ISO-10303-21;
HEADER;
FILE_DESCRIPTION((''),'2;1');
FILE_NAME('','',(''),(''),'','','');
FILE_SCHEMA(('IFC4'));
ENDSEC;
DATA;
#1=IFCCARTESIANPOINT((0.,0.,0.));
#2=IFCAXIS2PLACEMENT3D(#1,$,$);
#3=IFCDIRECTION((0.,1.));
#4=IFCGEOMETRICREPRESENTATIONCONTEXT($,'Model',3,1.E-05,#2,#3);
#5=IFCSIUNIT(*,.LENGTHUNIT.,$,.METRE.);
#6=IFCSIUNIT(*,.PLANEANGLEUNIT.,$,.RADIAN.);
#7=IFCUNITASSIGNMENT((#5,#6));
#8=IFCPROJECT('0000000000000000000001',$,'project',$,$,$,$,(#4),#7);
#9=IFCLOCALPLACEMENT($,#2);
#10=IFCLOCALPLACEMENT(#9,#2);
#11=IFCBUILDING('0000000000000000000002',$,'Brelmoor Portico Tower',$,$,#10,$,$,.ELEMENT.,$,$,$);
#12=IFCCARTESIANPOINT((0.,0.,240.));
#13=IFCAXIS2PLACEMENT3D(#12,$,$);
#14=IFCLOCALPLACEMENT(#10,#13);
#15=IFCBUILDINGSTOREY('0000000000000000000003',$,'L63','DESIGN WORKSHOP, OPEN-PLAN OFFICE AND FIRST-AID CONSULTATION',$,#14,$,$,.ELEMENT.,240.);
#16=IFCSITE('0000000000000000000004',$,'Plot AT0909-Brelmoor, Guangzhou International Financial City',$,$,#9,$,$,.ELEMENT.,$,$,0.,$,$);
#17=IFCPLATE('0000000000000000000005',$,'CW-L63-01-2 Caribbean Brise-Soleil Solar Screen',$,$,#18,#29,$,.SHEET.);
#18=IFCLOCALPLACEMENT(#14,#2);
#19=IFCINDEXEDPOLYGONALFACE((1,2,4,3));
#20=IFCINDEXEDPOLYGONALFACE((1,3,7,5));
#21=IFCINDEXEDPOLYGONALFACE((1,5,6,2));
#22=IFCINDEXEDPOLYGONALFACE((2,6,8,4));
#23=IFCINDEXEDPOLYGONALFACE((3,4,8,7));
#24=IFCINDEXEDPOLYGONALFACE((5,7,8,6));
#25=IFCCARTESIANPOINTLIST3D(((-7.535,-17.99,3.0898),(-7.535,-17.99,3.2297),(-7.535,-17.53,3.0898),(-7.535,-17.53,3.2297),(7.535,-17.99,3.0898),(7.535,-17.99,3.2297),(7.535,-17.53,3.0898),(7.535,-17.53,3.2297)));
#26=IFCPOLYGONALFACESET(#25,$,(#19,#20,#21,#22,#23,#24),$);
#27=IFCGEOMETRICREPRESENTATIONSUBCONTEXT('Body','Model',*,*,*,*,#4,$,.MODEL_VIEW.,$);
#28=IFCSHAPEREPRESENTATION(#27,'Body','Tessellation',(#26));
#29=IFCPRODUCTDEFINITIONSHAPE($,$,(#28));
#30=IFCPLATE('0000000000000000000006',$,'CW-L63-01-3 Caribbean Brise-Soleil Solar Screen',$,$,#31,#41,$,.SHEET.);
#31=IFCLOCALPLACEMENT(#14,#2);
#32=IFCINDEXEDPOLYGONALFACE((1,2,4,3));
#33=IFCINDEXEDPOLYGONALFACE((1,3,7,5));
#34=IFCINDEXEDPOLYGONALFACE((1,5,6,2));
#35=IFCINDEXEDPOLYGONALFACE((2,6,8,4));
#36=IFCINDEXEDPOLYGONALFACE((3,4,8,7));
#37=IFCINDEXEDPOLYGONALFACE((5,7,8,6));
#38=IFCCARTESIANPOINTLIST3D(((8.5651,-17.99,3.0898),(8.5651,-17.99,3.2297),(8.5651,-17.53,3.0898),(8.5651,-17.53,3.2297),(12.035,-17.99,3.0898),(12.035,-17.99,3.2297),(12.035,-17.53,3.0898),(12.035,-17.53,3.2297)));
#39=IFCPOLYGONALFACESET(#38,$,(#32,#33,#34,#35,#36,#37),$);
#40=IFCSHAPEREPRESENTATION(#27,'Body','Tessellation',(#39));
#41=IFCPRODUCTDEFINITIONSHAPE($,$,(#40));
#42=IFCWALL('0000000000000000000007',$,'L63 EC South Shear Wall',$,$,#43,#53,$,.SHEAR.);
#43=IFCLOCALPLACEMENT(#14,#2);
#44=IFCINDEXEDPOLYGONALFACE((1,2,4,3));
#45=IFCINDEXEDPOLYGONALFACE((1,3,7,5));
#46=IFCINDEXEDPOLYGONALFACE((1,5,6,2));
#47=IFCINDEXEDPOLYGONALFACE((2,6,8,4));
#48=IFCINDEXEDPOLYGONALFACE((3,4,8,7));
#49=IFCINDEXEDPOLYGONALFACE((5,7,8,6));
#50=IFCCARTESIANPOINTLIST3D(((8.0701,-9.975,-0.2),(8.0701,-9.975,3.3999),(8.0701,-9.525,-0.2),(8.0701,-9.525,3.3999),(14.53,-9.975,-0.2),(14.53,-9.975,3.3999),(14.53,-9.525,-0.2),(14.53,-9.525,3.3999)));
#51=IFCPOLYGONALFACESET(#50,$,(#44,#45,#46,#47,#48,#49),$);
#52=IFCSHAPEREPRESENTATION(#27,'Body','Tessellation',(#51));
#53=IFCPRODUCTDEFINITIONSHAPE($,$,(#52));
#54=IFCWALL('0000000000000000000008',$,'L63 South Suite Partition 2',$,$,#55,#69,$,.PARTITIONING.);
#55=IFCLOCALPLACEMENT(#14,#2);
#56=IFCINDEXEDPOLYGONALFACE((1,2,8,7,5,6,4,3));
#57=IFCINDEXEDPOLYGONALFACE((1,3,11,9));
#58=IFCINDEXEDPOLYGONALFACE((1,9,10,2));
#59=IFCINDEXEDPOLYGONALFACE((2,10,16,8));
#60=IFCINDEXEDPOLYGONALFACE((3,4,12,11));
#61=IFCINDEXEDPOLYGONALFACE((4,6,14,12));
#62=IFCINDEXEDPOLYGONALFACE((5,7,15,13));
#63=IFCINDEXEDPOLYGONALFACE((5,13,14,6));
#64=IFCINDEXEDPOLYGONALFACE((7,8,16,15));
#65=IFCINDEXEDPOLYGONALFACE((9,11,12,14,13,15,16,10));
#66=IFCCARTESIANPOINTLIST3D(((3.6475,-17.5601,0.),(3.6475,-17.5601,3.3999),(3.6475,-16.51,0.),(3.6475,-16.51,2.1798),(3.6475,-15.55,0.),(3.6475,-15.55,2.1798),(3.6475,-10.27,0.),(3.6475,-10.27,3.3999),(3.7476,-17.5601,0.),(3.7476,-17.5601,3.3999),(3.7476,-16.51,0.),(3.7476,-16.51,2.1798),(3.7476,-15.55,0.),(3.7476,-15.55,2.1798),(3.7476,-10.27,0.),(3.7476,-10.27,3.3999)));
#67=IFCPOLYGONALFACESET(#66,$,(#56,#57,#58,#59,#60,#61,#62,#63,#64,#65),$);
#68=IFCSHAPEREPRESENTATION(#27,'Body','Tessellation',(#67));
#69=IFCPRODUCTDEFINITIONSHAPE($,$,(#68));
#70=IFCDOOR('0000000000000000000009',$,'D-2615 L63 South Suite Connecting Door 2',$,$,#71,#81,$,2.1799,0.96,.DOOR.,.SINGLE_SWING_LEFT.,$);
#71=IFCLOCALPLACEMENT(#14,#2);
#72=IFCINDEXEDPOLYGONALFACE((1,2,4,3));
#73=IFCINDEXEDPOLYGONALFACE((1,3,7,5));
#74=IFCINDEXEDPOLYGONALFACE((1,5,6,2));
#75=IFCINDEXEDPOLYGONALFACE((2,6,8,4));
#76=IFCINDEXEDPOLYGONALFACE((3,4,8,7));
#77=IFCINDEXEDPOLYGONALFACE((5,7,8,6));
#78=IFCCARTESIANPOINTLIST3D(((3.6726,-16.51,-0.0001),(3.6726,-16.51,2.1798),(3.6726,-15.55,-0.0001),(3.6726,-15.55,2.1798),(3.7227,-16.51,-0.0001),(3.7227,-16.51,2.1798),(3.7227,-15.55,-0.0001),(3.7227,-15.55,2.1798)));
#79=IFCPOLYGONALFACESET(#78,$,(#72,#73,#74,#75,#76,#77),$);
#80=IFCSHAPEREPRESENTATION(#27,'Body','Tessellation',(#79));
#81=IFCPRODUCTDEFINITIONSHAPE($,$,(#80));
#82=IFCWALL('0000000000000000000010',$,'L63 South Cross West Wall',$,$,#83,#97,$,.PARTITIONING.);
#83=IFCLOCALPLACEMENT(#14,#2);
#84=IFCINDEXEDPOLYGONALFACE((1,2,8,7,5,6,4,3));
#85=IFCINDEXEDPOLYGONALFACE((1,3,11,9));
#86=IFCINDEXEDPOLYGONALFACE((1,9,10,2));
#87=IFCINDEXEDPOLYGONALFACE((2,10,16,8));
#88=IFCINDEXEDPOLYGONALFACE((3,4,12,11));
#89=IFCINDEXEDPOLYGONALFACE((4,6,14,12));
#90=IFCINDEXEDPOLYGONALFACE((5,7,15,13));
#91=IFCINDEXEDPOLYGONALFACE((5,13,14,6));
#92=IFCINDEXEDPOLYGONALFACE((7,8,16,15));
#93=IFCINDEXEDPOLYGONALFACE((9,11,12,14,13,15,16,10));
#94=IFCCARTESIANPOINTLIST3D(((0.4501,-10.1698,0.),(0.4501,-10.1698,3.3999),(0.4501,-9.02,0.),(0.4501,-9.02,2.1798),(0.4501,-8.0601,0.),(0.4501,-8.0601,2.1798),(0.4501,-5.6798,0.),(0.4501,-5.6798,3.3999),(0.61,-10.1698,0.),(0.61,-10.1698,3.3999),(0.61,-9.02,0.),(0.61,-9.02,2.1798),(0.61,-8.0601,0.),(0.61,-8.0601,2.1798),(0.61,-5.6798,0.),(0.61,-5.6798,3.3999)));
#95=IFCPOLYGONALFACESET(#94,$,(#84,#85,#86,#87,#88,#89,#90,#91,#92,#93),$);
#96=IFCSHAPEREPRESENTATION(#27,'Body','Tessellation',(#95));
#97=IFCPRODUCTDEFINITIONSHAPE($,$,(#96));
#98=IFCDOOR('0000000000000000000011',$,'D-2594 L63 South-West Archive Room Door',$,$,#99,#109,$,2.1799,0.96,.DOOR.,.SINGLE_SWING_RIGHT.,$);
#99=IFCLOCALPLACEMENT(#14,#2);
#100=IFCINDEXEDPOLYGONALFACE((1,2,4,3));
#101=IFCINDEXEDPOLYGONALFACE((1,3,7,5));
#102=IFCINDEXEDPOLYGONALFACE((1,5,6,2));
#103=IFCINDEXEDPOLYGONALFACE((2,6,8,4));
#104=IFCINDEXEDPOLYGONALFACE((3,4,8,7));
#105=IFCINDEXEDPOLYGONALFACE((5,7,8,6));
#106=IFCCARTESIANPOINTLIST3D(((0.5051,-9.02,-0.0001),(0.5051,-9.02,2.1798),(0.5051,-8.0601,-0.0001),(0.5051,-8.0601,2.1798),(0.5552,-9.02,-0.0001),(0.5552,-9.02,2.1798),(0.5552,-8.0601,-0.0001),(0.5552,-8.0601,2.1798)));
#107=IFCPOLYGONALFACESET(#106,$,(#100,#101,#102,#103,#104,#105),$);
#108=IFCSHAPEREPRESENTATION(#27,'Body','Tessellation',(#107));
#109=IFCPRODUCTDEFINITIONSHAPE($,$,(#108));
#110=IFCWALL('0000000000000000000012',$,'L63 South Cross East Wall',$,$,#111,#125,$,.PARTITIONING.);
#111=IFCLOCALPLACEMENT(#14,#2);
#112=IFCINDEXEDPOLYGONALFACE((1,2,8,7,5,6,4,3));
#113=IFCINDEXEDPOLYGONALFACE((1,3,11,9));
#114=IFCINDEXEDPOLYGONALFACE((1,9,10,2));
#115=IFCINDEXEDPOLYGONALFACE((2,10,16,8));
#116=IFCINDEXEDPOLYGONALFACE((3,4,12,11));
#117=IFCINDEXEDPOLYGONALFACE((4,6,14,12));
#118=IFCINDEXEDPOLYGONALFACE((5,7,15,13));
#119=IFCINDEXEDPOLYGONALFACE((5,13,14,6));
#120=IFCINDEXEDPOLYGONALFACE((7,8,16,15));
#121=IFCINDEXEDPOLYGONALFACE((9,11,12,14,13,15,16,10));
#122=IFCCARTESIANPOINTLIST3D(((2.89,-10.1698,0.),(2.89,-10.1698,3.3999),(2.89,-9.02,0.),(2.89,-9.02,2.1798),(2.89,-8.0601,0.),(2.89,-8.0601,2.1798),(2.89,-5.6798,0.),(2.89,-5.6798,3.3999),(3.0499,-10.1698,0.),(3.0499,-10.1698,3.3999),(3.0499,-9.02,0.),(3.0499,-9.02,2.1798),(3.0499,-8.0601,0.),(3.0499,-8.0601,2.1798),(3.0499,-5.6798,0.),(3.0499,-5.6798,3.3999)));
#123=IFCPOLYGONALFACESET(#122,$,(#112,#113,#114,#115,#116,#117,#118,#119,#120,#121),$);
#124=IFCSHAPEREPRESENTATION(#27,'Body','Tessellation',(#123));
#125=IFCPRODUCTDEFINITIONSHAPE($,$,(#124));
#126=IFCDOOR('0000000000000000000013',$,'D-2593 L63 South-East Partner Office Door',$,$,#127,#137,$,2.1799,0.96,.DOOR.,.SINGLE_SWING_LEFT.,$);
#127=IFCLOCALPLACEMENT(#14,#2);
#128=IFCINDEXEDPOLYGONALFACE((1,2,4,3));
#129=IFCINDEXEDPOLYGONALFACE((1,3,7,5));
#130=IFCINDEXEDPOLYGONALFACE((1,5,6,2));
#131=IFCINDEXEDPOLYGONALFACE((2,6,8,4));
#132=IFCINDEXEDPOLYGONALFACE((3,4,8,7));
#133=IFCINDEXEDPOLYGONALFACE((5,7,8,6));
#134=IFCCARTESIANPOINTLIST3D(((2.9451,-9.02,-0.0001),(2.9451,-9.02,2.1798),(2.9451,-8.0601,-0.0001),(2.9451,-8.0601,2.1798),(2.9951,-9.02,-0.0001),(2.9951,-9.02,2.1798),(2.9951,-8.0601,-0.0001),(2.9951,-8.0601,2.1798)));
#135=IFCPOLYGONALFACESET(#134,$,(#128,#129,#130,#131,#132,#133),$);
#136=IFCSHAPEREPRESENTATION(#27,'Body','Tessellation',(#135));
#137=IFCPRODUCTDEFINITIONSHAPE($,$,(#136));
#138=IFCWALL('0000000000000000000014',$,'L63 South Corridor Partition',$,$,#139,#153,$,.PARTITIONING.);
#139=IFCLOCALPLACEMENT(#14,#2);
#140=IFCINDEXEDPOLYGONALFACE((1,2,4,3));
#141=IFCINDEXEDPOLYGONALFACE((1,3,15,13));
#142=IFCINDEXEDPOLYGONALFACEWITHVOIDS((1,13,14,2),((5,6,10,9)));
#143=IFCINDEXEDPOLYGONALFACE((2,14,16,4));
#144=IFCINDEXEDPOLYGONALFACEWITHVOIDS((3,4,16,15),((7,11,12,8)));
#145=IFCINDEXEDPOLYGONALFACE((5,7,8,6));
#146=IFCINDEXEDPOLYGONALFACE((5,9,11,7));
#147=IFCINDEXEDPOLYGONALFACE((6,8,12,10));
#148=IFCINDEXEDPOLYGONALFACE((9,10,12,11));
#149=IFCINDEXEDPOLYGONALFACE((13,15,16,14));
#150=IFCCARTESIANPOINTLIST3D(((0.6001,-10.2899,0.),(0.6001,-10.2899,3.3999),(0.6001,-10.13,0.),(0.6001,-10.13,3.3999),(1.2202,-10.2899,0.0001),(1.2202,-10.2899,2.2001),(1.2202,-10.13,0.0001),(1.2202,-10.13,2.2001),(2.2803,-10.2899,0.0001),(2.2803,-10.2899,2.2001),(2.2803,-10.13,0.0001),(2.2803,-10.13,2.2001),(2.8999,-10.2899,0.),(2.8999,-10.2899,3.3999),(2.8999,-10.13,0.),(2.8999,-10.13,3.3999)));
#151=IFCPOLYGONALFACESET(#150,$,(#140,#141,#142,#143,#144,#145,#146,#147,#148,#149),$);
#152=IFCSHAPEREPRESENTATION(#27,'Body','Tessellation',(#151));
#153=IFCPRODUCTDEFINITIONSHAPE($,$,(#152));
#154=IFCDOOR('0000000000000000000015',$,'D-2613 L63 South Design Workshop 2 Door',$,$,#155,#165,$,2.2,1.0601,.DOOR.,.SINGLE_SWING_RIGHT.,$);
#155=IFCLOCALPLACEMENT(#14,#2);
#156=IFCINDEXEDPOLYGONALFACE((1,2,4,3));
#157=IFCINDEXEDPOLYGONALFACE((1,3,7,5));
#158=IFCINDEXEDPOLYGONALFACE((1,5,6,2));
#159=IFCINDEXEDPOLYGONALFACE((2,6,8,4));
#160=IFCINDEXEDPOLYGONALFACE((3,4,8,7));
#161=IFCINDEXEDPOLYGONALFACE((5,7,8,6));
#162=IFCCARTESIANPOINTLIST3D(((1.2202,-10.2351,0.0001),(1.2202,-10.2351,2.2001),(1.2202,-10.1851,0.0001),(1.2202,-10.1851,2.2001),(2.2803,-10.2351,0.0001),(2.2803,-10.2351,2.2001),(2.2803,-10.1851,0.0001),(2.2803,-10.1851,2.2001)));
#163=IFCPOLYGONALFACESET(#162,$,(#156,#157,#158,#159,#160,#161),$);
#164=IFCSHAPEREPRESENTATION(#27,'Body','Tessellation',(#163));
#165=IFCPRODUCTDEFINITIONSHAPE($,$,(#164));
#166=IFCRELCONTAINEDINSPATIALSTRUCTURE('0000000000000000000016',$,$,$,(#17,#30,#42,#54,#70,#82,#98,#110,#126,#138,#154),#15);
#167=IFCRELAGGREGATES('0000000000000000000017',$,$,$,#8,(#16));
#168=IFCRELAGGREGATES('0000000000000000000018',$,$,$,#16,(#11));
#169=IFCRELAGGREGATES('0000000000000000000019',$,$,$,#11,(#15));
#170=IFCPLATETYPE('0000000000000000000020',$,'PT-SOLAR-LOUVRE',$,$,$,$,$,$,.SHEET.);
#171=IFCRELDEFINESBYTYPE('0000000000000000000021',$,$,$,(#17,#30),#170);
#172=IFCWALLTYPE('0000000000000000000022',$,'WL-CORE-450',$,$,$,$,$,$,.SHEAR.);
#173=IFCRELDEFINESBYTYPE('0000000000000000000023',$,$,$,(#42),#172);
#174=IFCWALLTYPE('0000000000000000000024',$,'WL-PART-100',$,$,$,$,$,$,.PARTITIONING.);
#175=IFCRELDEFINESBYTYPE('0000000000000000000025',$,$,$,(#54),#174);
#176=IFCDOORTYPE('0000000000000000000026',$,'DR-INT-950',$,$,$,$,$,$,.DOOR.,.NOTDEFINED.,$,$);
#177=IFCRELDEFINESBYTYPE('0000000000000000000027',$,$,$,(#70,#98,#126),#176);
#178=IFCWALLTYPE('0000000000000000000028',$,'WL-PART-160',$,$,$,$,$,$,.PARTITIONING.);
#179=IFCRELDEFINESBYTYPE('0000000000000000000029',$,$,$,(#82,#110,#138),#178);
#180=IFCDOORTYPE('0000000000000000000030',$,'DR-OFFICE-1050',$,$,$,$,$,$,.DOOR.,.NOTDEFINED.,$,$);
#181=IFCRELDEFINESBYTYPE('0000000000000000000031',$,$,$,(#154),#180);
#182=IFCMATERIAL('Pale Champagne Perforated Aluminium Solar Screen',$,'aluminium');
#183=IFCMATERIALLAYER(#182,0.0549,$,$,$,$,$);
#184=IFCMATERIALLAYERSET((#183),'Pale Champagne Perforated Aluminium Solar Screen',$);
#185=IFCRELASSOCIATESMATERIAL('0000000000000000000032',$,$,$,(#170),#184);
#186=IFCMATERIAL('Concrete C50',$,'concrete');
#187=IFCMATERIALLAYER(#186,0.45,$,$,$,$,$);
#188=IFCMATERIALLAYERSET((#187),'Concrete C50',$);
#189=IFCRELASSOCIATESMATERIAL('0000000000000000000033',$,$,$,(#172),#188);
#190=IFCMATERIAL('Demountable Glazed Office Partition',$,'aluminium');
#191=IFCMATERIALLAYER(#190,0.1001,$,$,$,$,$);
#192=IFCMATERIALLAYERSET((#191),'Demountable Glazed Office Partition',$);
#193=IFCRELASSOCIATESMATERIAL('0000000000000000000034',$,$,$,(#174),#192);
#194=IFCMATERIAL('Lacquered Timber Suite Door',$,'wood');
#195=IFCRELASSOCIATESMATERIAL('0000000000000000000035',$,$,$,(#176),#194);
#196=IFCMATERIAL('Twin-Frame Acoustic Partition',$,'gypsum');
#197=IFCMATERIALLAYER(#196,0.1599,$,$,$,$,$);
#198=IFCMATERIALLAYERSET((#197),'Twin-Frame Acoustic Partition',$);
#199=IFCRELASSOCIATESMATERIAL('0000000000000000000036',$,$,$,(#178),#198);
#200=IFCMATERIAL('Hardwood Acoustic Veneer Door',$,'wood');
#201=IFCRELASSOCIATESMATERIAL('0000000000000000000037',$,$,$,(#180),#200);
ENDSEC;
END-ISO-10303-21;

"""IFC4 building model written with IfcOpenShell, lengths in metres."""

from ifc_helpers import new_model, si_unit, direction, frame, frame_2d, origin, origin_2d, place, context, subcontext, project, spatial, rectangle, extrude, material, layer, layer_set, type_object, element, fill, save


model = new_model("IFC4")

# Units and contexts
model_context = context("Model", 3, precision=1e-05, world=origin(), true_north=direction((0.0, 1.0)))
body_context = subcontext(model_context, "Body", "Model", "MODEL_VIEW")
ifc_project = project(units=[si_unit("LENGTHUNIT", "METRE"), si_unit("PLANEANGLEUNIT", "RADIAN")], contexts=[model_context])

# Site, building, storey
site_placement = place(None, origin())
site = spatial("IfcSite", under=ifc_project, at=site_placement, Name="Plot AT0909-Brelmoor, Guangzhou International Financial City", CompositionType="ELEMENT", RefElevation=0.0)
building_placement = place(site_placement, origin())
building = spatial("IfcBuilding", under=site, at=building_placement, Name="Brelmoor Portico Tower", CompositionType="ELEMENT")
storey_placement = place(building_placement, frame((0.0, 0.0, 240.0)))
storey = spatial("IfcBuildingStorey", under=building, at=storey_placement, Name="L63", Description="DESIGN WORKSHOP, OPEN-PLAN OFFICE AND FIRST-AID CONSULTATION", CompositionType="ELEMENT", Elevation=240.0)

# Plates
ifc_material_1 = material(Name="Pale Champagne Perforated Aluminium Solar Screen", Category="aluminium")
ifc_layer_1 = layer(ifc_material_1, 0.0549)
ifc_layer_set_1 = layer_set([ifc_layer_1], Name="Pale Champagne Perforated Aluminium Solar Screen")
plate_type_1 = type_object("IfcPlateType", Name="PT-SOLAR-LOUVRE", PredefinedType="SHEET", material=ifc_layer_set_1)
plate_1_placement = place(storey_placement, frame((0.0, -17.76, 3.0898), z_axis=(0.0, 0.0, 1.0), x_axis=(1.0, 0.0, 0.0)))
element("IfcPlate", 1, at=plate_1_placement, inside=storey, type_object=plate_type_1, Name="CW-L63-01-2 Caribbean Brise-Soleil Solar Screen", PredefinedType="SHEET", context=body_context, shape_type="SweptSolid", body=[
    extrude(rectangle(XDim=15.0701, YDim=0.46, at=origin_2d()), origin(), (0.0, 0.0, 1.0), 0.1399),
])
plate_2_placement = place(storey_placement, frame((10.3, -17.76, 3.0898), z_axis=(0.0, 0.0, 1.0), x_axis=(1.0, 0.0, 0.0)))
element("IfcPlate", 2, at=plate_2_placement, inside=storey, type_object=plate_type_1, Name="CW-L63-01-3 Caribbean Brise-Soleil Solar Screen", PredefinedType="SHEET", context=body_context, shape_type="SweptSolid", body=[
    extrude(rectangle(XDim=3.47, YDim=0.46, at=origin_2d()), origin(), (0.0, 0.0, 1.0), 0.1399),
])

# Wall
ifc_material_2 = material(Name="Concrete C50", Category="concrete")
ifc_layer_2 = layer(ifc_material_2, 0.45)
ifc_layer_set_2 = layer_set([ifc_layer_2], Name="Concrete C50")
wall_type_1 = type_object("IfcWallType", Name="WL-CORE-450", PredefinedType="SHEAR", material=ifc_layer_set_2)
wall_1_placement = place(storey_placement, frame((8.0701, -9.75, -0.2), z_axis=(0.0, 0.0, 1.0), x_axis=(1.0, 0.0, 0.0)))
element("IfcWall", 3, at=wall_1_placement, inside=storey, type_object=wall_type_1, Name="L63 EC South Shear Wall", PredefinedType="SHEAR", context=body_context, shape_type="SweptSolid", body=[
    extrude(rectangle(XDim=6.46, YDim=0.45, at=frame_2d((3.23, 0.0))), origin(), (0.0, 0.0, 1.0), 3.5999),
])

# Walls, openings, doors
ifc_material_3 = material(Name="Demountable Glazed Office Partition", Category="aluminium")
ifc_layer_3 = layer(ifc_material_3, 0.1001)
ifc_layer_set_3 = layer_set([ifc_layer_3], Name="Demountable Glazed Office Partition")
wall_type_2 = type_object("IfcWallType", Name="WL-PART-100", PredefinedType="PARTITIONING", material=ifc_layer_set_3)
wall_2_placement = place(storey_placement, frame((3.6975, -17.5601, 0.0), z_axis=(0.0, 0.0, 1.0), x_axis=(0.0, 1.0, 0.0)))
wall_2 = element("IfcWall", 4, at=wall_2_placement, inside=storey, type_object=wall_type_2, Name="L63 South Suite Partition 2", PredefinedType="PARTITIONING", context=body_context, shape_type="SweptSolid", body=[
    extrude(rectangle(XDim=7.29, YDim=0.1001, at=frame_2d((3.645, 0.0))), origin(), (0.0, 0.0, 1.0), 3.3999),
])
opening_1_placement = place(wall_2_placement, frame((1.05, 0.0, 0.0)))
opening_1 = element("IfcOpeningElement", 5, at=opening_1_placement, cuts=wall_2, PredefinedType="OPENING", context=body_context, shape_type="SweptSolid", body=[
    extrude(rectangle(XDim=0.96, YDim=2.1799, at=frame_2d((0.48, 1.0898))), frame((0.0, 0.0601, 0.0), z_axis=(0.0, -1.0, 0.0), x_axis=(1.0, 0.0, 0.0)), (0.0, 0.0, 1.0), 0.1201),
])
ifc_material_4 = material(Name="Lacquered Timber Suite Door", Category="wood")
door_type_1 = type_object("IfcDoorType", Name="DR-INT-950", OperationType="NOTDEFINED", PredefinedType="DOOR", material=ifc_material_4)
door_1_placement = place(opening_1_placement, origin())
door_1 = element("IfcDoor", 6, at=door_1_placement, inside=storey, type_object=door_type_1, Name="D-2615 L63 South Suite Connecting Door 2", OperationType="SINGLE_SWING_LEFT", OverallHeight=2.1799, OverallWidth=0.96, PredefinedType="DOOR", context=body_context, shape_type="SweptSolid", body=[
    extrude(rectangle(XDim=0.96, YDim=2.1799, at=frame_2d((0.48, 1.0898))), frame((0.0, 0.0249, 0.0), z_axis=(0.0, -1.0, 0.0), x_axis=(1.0, 0.0, 0.0)), (0.0, 0.0, 1.0), 0.05),
])
fill(opening_1, door_1)
ifc_material_5 = material(Name="Twin-Frame Acoustic Partition", Category="gypsum")
ifc_layer_4 = layer(ifc_material_5, 0.1599)
ifc_layer_set_4 = layer_set([ifc_layer_4], Name="Twin-Frame Acoustic Partition")
wall_type_3 = type_object("IfcWallType", Name="WL-PART-160", PredefinedType="PARTITIONING", material=ifc_layer_set_4)
wall_3_placement = place(storey_placement, frame((0.53, -10.1699, 0.0), z_axis=(0.0, 0.0, 1.0), x_axis=(0.0, 1.0, 0.0)))
wall_3 = element("IfcWall", 7, at=wall_3_placement, inside=storey, type_object=wall_type_3, Name="L63 South Cross West Wall", PredefinedType="PARTITIONING", context=body_context, shape_type="SweptSolid", body=[
    extrude(rectangle(XDim=4.49, YDim=0.1599, at=frame_2d((2.2451, 0.0))), origin(), (0.0, 0.0, 1.0), 3.3999),
])
opening_2_placement = place(wall_3_placement, frame((1.1499, 0.0, 0.0)))
opening_2 = element("IfcOpeningElement", 8, at=opening_2_placement, cuts=wall_3, PredefinedType="OPENING", context=body_context, shape_type="SweptSolid", body=[
    extrude(rectangle(XDim=0.96, YDim=2.1799, at=frame_2d((0.48, 1.0898))), frame((0.0, 0.0898, 0.0), z_axis=(0.0, -1.0, 0.0), x_axis=(1.0, 0.0, 0.0)), (0.0, 0.0, 1.0), 0.1799),
])
door_2_placement = place(opening_2_placement, origin())
door_2 = element("IfcDoor", 9, at=door_2_placement, inside=storey, type_object=door_type_1, Name="D-2594 L63 South-West Archive Room Door", OperationType="SINGLE_SWING_RIGHT", OverallHeight=2.1799, OverallWidth=0.96, PredefinedType="DOOR", context=body_context, shape_type="SweptSolid", body=[
    extrude(rectangle(XDim=0.96, YDim=2.1799, at=frame_2d((0.48, 1.0898))), frame((0.0, 0.0249, 0.0), z_axis=(0.0, -1.0, 0.0), x_axis=(1.0, 0.0, 0.0)), (0.0, 0.0, 1.0), 0.05),
])
fill(opening_2, door_2)
wall_4_placement = place(storey_placement, frame((2.97, -10.1699, 0.0), z_axis=(0.0, 0.0, 1.0), x_axis=(0.0, 1.0, 0.0)))
wall_4 = element("IfcWall", 10, at=wall_4_placement, inside=storey, type_object=wall_type_3, Name="L63 South Cross East Wall", PredefinedType="PARTITIONING", context=body_context, shape_type="SweptSolid", body=[
    extrude(rectangle(XDim=4.49, YDim=0.1599, at=frame_2d((2.2451, 0.0))), origin(), (0.0, 0.0, 1.0), 3.3999),
])
opening_3_placement = place(wall_4_placement, frame((1.1499, 0.0, 0.0)))
opening_3 = element("IfcOpeningElement", 11, at=opening_3_placement, cuts=wall_4, PredefinedType="OPENING", context=body_context, shape_type="SweptSolid", body=[
    extrude(rectangle(XDim=0.96, YDim=2.1799, at=frame_2d((0.48, 1.0898))), frame((0.0, 0.0898, 0.0), z_axis=(0.0, -1.0, 0.0), x_axis=(1.0, 0.0, 0.0)), (0.0, 0.0, 1.0), 0.1799),
])
door_3_placement = place(opening_3_placement, origin())
door_3 = element("IfcDoor", 12, at=door_3_placement, inside=storey, type_object=door_type_1, Name="D-2593 L63 South-East Partner Office Door", OperationType="SINGLE_SWING_LEFT", OverallHeight=2.1799, OverallWidth=0.96, PredefinedType="DOOR", context=body_context, shape_type="SweptSolid", body=[
    extrude(rectangle(XDim=0.96, YDim=2.1799, at=frame_2d((0.48, 1.0898))), frame((0.0, 0.0249, 0.0), z_axis=(0.0, -1.0, 0.0), x_axis=(1.0, 0.0, 0.0)), (0.0, 0.0, 1.0), 0.05),
])
fill(opening_3, door_3)
wall_5_placement = place(storey_placement, frame((0.6001, -10.21, 0.0), z_axis=(0.0, 0.0, 1.0), x_axis=(1.0, 0.0, 0.0)))
wall_5 = element("IfcWall", 13, at=wall_5_placement, inside=storey, type_object=wall_type_3, Name="L63 South Corridor Partition", PredefinedType="PARTITIONING", context=body_context, shape_type="SweptSolid", body=[
    extrude(rectangle(XDim=2.2998, YDim=0.1599, at=frame_2d((1.1499, 0.0))), origin(), (0.0, 0.0, 1.0), 3.3999),
])
opening_4_placement = place(wall_5_placement, frame((0.6201, 0.0, 0.0)))
opening_4 = element("IfcOpeningElement", 14, at=opening_4_placement, cuts=wall_5, PredefinedType="OPENING", context=body_context, shape_type="SweptSolid", body=[
    extrude(rectangle(XDim=1.0601, YDim=2.2, at=frame_2d((0.53, 1.1001))), frame((0.0, 0.0898, 0.0), z_axis=(0.0, -1.0, 0.0), x_axis=(1.0, 0.0, 0.0)), (0.0, 0.0, 1.0), 0.1799),
])
ifc_material_6 = material(Name="Hardwood Acoustic Veneer Door", Category="wood")
door_type_2 = type_object("IfcDoorType", Name="DR-OFFICE-1050", OperationType="NOTDEFINED", PredefinedType="DOOR", material=ifc_material_6)
door_4_placement = place(opening_4_placement, origin())
door_4 = element("IfcDoor", 15, at=door_4_placement, inside=storey, type_object=door_type_2, Name="D-2613 L63 South Design Workshop 2 Door", OperationType="SINGLE_SWING_RIGHT", OverallHeight=2.2, OverallWidth=1.0601, PredefinedType="DOOR", context=body_context, shape_type="SweptSolid", body=[
    extrude(rectangle(XDim=1.0601, YDim=2.2, at=frame_2d((0.53, 1.1001))), frame((0.0, 0.0249, 0.0), z_axis=(0.0, -1.0, 0.0), x_axis=(1.0, 0.0, 0.0)), (0.0, 0.0, 1.0), 0.05),
])
fill(opening_4, door_4)

save(model, "model.ifc")
